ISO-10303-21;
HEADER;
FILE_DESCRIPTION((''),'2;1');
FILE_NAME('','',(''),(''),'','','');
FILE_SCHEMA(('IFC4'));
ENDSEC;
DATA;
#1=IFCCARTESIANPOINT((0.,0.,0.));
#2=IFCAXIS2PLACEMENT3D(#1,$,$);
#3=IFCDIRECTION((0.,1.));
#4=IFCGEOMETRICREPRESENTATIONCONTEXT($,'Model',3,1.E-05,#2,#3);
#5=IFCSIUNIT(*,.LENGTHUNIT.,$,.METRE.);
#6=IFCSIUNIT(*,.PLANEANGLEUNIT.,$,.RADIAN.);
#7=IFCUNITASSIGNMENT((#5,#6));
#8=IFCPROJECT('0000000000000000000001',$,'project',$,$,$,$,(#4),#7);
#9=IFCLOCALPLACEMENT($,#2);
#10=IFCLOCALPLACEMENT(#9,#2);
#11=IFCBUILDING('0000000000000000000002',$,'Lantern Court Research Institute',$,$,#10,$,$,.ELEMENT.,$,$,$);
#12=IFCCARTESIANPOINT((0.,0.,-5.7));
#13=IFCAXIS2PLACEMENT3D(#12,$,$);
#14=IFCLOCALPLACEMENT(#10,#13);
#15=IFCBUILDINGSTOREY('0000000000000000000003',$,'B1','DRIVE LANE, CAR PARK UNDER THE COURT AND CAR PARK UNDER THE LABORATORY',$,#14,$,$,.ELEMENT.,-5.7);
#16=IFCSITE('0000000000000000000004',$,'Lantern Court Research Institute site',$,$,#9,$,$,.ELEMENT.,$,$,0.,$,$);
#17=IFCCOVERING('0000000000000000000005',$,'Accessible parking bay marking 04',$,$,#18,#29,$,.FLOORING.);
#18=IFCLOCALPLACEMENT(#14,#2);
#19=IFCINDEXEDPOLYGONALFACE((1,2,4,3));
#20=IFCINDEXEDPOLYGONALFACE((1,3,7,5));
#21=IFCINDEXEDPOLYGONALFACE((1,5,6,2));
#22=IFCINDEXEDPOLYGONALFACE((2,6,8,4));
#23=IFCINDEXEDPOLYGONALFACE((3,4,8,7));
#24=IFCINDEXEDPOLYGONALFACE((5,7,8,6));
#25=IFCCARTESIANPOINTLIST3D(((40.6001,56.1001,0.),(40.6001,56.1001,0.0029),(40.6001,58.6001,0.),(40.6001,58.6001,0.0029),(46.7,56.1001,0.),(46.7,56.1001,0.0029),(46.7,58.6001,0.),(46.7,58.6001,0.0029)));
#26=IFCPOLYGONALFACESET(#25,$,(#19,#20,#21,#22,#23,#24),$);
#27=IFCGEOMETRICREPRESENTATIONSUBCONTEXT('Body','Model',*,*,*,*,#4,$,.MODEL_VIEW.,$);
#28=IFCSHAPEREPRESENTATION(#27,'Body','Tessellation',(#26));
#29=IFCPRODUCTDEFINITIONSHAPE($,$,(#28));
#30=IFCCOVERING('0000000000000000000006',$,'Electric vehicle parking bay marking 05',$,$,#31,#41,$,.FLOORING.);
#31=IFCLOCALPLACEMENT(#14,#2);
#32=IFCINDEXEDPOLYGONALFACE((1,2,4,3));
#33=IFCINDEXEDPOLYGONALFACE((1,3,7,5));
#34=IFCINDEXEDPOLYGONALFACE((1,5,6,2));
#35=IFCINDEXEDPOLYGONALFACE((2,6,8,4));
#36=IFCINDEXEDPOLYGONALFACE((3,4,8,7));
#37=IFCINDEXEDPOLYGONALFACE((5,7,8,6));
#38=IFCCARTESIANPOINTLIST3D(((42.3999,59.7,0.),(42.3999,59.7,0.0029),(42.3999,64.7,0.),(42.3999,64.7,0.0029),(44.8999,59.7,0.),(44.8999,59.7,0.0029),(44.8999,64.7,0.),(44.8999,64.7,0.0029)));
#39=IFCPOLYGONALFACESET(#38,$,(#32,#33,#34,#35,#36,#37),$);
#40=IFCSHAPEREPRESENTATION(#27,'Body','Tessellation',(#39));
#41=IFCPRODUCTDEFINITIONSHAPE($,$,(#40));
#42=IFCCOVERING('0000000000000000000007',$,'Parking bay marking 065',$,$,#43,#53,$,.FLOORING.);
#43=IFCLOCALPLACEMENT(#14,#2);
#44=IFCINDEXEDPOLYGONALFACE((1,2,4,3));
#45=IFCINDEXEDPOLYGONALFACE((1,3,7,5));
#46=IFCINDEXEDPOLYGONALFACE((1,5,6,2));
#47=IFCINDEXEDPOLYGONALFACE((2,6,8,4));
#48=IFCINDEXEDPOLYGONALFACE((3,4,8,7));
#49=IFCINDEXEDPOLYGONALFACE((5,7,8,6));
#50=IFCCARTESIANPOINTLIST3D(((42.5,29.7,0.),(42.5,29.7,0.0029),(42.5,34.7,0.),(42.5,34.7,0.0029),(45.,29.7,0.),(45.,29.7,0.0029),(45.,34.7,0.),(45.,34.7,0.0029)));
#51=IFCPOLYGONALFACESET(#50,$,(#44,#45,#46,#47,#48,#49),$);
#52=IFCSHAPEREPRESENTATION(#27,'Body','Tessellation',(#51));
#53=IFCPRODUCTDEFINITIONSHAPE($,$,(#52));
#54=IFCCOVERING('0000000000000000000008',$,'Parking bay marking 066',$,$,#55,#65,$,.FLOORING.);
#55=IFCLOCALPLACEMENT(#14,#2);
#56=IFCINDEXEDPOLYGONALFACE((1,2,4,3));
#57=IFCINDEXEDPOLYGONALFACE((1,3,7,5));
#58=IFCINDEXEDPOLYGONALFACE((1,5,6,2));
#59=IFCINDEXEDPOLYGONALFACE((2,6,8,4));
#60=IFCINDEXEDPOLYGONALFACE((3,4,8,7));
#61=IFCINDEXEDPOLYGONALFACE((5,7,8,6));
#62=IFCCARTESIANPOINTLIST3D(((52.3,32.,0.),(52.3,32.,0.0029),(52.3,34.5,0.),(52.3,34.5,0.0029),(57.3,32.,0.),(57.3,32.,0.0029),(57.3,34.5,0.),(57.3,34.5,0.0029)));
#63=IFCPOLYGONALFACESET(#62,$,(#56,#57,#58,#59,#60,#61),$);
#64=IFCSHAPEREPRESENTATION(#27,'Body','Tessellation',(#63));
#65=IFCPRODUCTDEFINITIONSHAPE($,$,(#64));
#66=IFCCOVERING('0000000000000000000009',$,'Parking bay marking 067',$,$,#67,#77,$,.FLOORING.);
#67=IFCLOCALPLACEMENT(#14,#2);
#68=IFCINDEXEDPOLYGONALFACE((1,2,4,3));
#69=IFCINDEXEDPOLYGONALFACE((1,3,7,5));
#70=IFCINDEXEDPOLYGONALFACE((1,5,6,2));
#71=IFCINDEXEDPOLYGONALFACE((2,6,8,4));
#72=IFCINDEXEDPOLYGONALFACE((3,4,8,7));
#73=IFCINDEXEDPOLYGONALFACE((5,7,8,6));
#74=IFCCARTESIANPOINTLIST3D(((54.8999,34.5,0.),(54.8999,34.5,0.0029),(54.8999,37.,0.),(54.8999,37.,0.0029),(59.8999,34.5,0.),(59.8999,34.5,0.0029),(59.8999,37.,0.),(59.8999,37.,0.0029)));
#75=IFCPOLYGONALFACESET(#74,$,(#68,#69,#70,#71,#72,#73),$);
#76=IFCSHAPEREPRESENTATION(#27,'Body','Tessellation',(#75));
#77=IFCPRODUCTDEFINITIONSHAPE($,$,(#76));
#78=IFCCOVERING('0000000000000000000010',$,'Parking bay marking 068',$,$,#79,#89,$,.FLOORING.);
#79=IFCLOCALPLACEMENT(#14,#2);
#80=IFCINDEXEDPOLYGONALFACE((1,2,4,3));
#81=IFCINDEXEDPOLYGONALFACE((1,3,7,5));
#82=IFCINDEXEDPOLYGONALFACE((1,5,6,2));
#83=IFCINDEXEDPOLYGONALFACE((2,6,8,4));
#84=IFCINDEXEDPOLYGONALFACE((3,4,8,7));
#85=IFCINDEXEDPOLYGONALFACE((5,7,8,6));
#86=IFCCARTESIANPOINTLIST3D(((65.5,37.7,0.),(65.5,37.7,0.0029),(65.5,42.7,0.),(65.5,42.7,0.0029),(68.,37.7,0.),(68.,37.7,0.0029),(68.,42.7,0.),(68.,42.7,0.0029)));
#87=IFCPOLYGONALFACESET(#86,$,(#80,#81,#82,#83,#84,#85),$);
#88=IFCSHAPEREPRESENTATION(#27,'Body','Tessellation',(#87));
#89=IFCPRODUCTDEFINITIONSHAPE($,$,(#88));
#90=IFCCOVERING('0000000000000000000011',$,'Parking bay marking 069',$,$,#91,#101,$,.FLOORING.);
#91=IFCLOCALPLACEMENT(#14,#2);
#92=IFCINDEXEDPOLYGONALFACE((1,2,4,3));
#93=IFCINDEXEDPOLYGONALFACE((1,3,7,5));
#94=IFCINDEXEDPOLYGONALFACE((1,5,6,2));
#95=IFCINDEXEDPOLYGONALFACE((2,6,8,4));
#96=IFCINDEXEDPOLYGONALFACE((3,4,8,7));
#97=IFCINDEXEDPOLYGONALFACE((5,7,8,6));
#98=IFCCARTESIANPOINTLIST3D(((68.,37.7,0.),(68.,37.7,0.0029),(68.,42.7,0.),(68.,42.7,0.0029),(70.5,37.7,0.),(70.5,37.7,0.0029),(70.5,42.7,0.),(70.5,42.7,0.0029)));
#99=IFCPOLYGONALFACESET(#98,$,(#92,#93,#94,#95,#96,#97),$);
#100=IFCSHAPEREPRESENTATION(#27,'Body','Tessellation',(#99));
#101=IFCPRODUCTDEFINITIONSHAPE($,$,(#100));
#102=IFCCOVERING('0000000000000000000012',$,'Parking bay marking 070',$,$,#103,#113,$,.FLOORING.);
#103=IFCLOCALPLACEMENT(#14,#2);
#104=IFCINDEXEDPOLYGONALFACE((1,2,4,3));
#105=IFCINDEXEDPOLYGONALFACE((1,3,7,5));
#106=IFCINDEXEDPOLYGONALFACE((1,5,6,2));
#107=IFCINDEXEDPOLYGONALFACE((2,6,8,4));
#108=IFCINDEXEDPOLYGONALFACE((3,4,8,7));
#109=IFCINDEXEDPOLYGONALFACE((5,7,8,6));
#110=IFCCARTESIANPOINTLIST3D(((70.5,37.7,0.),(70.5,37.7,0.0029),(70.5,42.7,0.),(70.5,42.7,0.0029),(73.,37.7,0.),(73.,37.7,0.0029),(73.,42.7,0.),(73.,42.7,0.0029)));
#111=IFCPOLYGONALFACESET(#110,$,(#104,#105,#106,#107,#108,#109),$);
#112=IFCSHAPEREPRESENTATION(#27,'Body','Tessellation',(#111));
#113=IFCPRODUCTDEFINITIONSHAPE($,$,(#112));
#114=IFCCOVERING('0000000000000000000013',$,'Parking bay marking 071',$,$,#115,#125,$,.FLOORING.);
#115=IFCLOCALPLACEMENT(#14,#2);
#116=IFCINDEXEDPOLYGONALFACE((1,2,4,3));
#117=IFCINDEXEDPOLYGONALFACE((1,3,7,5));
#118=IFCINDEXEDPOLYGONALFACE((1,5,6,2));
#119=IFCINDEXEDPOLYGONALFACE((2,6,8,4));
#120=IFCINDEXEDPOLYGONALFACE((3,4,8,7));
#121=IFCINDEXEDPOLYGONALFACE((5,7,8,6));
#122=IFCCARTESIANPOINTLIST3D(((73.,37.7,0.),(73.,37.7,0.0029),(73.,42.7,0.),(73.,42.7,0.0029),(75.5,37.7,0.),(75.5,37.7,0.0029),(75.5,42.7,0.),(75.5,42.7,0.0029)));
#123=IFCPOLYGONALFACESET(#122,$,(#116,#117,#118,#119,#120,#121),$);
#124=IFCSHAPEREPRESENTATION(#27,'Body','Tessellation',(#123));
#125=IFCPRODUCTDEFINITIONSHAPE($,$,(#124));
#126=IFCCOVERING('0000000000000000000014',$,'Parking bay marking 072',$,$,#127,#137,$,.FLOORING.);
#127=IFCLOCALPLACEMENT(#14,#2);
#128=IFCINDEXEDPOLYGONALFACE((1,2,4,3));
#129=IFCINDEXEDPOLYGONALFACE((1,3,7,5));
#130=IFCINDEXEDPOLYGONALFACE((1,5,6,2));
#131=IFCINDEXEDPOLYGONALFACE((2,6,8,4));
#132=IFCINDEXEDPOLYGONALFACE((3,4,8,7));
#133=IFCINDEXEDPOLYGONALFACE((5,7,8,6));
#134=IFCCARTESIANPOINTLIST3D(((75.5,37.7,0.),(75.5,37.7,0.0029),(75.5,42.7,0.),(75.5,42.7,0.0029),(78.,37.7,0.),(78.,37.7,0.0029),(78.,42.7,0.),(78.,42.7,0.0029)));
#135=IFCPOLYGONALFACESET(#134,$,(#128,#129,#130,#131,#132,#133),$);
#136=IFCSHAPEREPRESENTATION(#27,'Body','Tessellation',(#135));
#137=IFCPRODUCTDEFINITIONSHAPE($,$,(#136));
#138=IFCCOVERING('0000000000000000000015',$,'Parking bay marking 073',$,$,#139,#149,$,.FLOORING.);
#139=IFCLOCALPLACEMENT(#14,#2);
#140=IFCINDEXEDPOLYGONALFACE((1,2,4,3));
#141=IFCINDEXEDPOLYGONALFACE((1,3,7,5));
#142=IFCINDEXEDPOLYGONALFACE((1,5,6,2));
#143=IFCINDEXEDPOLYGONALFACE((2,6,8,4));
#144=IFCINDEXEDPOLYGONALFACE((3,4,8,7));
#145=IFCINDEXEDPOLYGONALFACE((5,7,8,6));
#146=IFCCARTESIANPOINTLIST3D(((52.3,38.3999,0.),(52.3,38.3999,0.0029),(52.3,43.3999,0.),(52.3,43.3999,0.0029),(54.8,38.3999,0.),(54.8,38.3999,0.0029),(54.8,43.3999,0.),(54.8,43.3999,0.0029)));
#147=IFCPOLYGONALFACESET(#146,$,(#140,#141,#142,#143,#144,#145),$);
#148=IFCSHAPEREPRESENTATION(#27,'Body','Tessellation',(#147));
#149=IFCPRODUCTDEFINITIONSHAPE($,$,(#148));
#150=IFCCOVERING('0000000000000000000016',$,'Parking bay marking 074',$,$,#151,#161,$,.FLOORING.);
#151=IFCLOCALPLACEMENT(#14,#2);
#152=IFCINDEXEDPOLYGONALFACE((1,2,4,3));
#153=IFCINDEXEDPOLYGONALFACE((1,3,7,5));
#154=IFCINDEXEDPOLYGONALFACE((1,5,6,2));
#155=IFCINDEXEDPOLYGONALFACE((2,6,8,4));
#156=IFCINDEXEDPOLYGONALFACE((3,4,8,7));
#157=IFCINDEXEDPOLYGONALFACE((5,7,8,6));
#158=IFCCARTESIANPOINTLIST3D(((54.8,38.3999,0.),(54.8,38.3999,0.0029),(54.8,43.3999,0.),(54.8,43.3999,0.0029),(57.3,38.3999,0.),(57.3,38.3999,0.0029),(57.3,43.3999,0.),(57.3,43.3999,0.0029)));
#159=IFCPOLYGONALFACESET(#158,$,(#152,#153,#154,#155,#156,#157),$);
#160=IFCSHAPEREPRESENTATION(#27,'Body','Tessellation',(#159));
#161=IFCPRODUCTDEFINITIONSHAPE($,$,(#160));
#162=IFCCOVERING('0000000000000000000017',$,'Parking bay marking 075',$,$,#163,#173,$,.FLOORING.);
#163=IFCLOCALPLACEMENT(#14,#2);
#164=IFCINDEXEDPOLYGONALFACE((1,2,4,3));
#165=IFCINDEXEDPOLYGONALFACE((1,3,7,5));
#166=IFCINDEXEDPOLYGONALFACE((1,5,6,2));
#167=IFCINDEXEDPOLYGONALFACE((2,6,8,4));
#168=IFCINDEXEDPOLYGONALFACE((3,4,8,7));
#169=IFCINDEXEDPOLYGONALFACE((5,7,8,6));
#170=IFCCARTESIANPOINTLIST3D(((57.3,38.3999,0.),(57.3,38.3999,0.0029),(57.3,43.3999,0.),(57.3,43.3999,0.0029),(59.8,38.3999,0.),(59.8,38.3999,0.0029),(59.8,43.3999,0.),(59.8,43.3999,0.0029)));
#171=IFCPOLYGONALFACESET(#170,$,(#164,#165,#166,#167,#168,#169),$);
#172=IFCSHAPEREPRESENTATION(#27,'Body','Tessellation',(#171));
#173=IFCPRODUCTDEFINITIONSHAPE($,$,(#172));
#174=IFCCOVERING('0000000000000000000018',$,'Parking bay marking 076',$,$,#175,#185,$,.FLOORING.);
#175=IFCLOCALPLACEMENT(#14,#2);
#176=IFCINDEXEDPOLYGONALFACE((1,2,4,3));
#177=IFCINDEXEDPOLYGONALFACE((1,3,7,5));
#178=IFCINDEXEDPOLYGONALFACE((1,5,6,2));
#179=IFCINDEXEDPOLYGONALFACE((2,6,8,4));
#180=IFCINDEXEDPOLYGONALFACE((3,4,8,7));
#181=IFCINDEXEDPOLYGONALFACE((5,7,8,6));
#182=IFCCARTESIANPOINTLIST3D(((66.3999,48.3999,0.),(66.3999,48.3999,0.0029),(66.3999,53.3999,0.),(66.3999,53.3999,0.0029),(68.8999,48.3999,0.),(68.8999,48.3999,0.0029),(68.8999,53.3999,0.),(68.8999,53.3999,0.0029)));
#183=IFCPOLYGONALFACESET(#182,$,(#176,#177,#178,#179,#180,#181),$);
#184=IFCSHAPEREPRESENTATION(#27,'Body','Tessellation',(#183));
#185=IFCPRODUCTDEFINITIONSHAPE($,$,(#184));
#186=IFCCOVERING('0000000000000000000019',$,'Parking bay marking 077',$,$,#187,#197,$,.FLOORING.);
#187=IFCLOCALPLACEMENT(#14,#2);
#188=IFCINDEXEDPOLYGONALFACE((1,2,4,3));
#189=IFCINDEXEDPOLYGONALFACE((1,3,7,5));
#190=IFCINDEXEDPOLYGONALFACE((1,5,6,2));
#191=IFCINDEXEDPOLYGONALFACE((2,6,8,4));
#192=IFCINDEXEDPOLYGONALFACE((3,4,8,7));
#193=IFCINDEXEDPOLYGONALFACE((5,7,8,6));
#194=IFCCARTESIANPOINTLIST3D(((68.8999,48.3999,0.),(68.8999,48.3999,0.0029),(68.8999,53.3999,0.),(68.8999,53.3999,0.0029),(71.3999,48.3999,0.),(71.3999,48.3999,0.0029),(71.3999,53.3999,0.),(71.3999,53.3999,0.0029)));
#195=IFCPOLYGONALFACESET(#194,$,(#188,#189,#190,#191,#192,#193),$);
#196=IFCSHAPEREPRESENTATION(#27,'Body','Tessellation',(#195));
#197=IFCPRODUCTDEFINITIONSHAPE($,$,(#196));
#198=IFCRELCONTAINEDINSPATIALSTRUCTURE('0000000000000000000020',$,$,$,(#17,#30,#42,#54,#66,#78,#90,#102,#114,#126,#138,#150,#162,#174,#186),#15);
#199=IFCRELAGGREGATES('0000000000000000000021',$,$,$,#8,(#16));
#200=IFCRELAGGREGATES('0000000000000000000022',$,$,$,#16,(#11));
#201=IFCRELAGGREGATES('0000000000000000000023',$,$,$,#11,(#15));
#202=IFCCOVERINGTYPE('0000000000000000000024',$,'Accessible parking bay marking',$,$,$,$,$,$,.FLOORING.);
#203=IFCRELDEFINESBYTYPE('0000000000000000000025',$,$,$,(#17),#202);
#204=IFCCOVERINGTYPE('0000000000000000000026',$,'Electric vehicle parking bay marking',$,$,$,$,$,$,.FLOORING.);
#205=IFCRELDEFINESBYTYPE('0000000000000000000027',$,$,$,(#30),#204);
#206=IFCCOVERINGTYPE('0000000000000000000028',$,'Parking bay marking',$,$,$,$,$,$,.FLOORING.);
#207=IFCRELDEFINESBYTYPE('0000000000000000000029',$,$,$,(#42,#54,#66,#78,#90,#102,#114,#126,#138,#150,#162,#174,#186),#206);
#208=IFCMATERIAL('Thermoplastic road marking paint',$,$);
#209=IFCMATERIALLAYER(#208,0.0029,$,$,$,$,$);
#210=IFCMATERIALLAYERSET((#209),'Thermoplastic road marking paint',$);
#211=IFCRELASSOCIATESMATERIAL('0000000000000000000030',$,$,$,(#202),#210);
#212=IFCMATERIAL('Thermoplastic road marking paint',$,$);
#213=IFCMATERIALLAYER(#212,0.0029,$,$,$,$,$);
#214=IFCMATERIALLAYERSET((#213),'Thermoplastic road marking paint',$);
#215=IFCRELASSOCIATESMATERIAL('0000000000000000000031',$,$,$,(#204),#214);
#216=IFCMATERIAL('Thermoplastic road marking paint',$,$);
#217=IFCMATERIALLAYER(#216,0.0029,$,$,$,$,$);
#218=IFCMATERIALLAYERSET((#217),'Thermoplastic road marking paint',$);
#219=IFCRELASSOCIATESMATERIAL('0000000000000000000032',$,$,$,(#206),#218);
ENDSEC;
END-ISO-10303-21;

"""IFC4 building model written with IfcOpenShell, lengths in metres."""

from ifc_helpers import new_model, si_unit, direction, frame, origin, place, context, subcontext, project, spatial, polyline, outline, extrude, material, layer, layer_set, type_object, element, save


model = new_model("IFC4")

# Units and contexts
model_context = context("Model", 3, precision=1e-05, world=origin(), true_north=direction((0.0, 1.0)))
body_context = subcontext(model_context, "Body", "Model", "MODEL_VIEW")
ifc_project = project(units=[si_unit("LENGTHUNIT", "METRE"), si_unit("PLANEANGLEUNIT", "RADIAN")], contexts=[model_context])

# Site, building, storey
site_placement = place(None, origin())
site = spatial("IfcSite", under=ifc_project, at=site_placement, Name="Lantern Court Research Institute site", CompositionType="ELEMENT", RefElevation=0.0)
building_placement = place(site_placement, origin())
building = spatial("IfcBuilding", under=site, at=building_placement, Name="Lantern Court Research Institute", CompositionType="ELEMENT")
storey_placement = place(building_placement, frame((0.0, 0.0, -5.7)))
storey = spatial("IfcBuildingStorey", under=building, at=storey_placement, Name="B1", Description="DRIVE LANE, CAR PARK UNDER THE COURT AND CAR PARK UNDER THE LABORATORY", CompositionType="ELEMENT", Elevation=-5.7)

# Coverings
ifc_material_1 = material(Name="Thermoplastic road marking paint")
ifc_layer_1 = layer(ifc_material_1, 0.0029)
ifc_layer_set_1 = layer_set([ifc_layer_1], Name="Thermoplastic road marking paint")
covering_type_1 = type_object("IfcCoveringType", Name="Accessible parking bay marking", PredefinedType="FLOORING", material=ifc_layer_set_1)
covering_1_placement = place(storey_placement, origin())
element("IfcCovering", 1, at=covering_1_placement, inside=storey, type_object=covering_type_1, Name="Accessible parking bay marking 04", PredefinedType="FLOORING", context=body_context, shape_type="SweptSolid", body=[
    extrude(outline(polyline([(40.6001, 56.1001), (46.7, 56.1001), (46.7, 58.6001), (40.6001, 58.6001), (40.6001, 56.1001)])), origin(), (0.0, 0.0, 1.0), 0.0029),
])
ifc_material_2 = material(Name="Thermoplastic road marking paint")
ifc_layer_2 = layer(ifc_material_2, 0.0029)
ifc_layer_set_2 = layer_set([ifc_layer_2], Name="Thermoplastic road marking paint")
covering_type_2 = type_object("IfcCoveringType", Name="Electric vehicle parking bay marking", PredefinedType="FLOORING", material=ifc_layer_set_2)
covering_2_placement = place(storey_placement, origin())
element("IfcCovering", 2, at=covering_2_placement, inside=storey, type_object=covering_type_2, Name="Electric vehicle parking bay marking 05", PredefinedType="FLOORING", context=body_context, shape_type="SweptSolid", body=[
    extrude(outline(polyline([(42.3999, 59.7), (44.8999, 59.7), (44.8999, 64.7), (42.3999, 64.7), (42.3999, 59.7)])), origin(), (0.0, 0.0, 1.0), 0.0029),
])
ifc_material_3 = material(Name="Thermoplastic road marking paint")
ifc_layer_3 = layer(ifc_material_3, 0.0029)
ifc_layer_set_3 = layer_set([ifc_layer_3], Name="Thermoplastic road marking paint")
covering_type_3 = type_object("IfcCoveringType", Name="Parking bay marking", PredefinedType="FLOORING", material=ifc_layer_set_3)
covering_3_placement = place(storey_placement, origin())
element("IfcCovering", 3, at=covering_3_placement, inside=storey, type_object=covering_type_3, Name="Parking bay marking 065", PredefinedType="FLOORING", context=body_context, shape_type="SweptSolid", body=[
    extrude(outline(polyline([(42.5, 29.7), (45.0, 29.7), (45.0, 34.7), (42.5, 34.7), (42.5, 29.7)])), origin(), (0.0, 0.0, 1.0), 0.0029),
])
covering_4_placement = place(storey_placement, origin())
element("IfcCovering", 4, at=covering_4_placement, inside=storey, type_object=covering_type_3, Name="Parking bay marking 066", PredefinedType="FLOORING", context=body_context, shape_type="SweptSolid", body=[
    extrude(outline(polyline([(52.3, 32.0), (57.3, 32.0), (57.3, 34.5), (52.3, 34.5), (52.3, 32.0)])), origin(), (0.0, 0.0, 1.0), 0.0029),
])
covering_5_placement = place(storey_placement, origin())
element("IfcCovering", 5, at=covering_5_placement, inside=storey, type_object=covering_type_3, Name="Parking bay marking 067", PredefinedType="FLOORING", context=body_context, shape_type="SweptSolid", body=[
    extrude(outline(polyline([(54.8999, 34.5), (59.8999, 34.5), (59.8999, 37.0), (54.8999, 37.0), (54.8999, 34.5)])), origin(), (0.0, 0.0, 1.0), 0.0029),
])
covering_6_placement = place(storey_placement, origin())
element("IfcCovering", 6, at=covering_6_placement, inside=storey, type_object=covering_type_3, Name="Parking bay marking 068", PredefinedType="FLOORING", context=body_context, shape_type="SweptSolid", body=[
    extrude(outline(polyline([(65.5, 37.7), (68.0, 37.7), (68.0, 42.7), (65.5, 42.7), (65.5, 37.7)])), origin(), (0.0, 0.0, 1.0), 0.0029),
])
covering_7_placement = place(storey_placement, origin())
element("IfcCovering", 7, at=covering_7_placement, inside=storey, type_object=covering_type_3, Name="Parking bay marking 069", PredefinedType="FLOORING", context=body_context, shape_type="SweptSolid", body=[
    extrude(outline(polyline([(68.0, 37.7), (70.5, 37.7), (70.5, 42.7), (68.0, 42.7), (68.0, 37.7)])), origin(), (0.0, 0.0, 1.0), 0.0029),
])
covering_8_placement = place(storey_placement, origin())
element("IfcCovering", 8, at=covering_8_placement, inside=storey, type_object=covering_type_3, Name="Parking bay marking 070", PredefinedType="FLOORING", context=body_context, shape_type="SweptSolid", body=[
    extrude(outline(polyline([(70.5, 37.7), (73.0, 37.7), (73.0, 42.7), (70.5, 42.7), (70.5, 37.7)])), origin(), (0.0, 0.0, 1.0), 0.0029),
])
covering_9_placement = place(storey_placement, origin())
element("IfcCovering", 9, at=covering_9_placement, inside=storey, type_object=covering_type_3, Name="Parking bay marking 071", PredefinedType="FLOORING", context=body_context, shape_type="SweptSolid", body=[
    extrude(outline(polyline([(73.0, 37.7), (75.5, 37.7), (75.5, 42.7), (73.0, 42.7), (73.0, 37.7)])), origin(), (0.0, 0.0, 1.0), 0.0029),
])
covering_10_placement = place(storey_placement, origin())
element("IfcCovering", 10, at=covering_10_placement, inside=storey, type_object=covering_type_3, Name="Parking bay marking 072", PredefinedType="FLOORING", context=body_context, shape_type="SweptSolid", body=[
    extrude(outline(polyline([(75.5, 37.7), (78.0, 37.7), (78.0, 42.7), (75.5, 42.7), (75.5, 37.7)])), origin(), (0.0, 0.0, 1.0), 0.0029),
])
covering_11_placement = place(storey_placement, origin())
element("IfcCovering", 11, at=covering_11_placement, inside=storey, type_object=covering_type_3, Name="Parking bay marking 073", PredefinedType="FLOORING", context=body_context, shape_type="SweptSolid", body=[
    extrude(outline(polyline([(52.3, 38.3999), (54.8, 38.3999), (54.8, 43.3999), (52.3, 43.3999), (52.3, 38.3999)])), origin(), (0.0, 0.0, 1.0), 0.0029),
])
covering_12_placement = place(storey_placement, origin())
element("IfcCovering", 12, at=covering_12_placement, inside=storey, type_object=covering_type_3, Name="Parking bay marking 074", PredefinedType="FLOORING", context=body_context, shape_type="SweptSolid", body=[
    extrude(outline(polyline([(54.8, 38.3999), (57.3, 38.3999), (57.3, 43.3999), (54.8, 43.3999), (54.8, 38.3999)])), origin(), (0.0, 0.0, 1.0), 0.0029),
])
covering_13_placement = place(storey_placement, origin())
element("IfcCovering", 13, at=covering_13_placement, inside=storey, type_object=covering_type_3, Name="Parking bay marking 075", PredefinedType="FLOORING", context=body_context, shape_type="SweptSolid", body=[
    extrude(outline(polyline([(57.3, 38.3999), (59.8, 38.3999), (59.8, 43.3999), (57.3, 43.3999), (57.3, 38.3999)])), origin(), (0.0, 0.0, 1.0), 0.0029),
])
covering_14_placement = place(storey_placement, origin())
element("IfcCovering", 14, at=covering_14_placement, inside=storey, type_object=covering_type_3, Name="Parking bay marking 076", PredefinedType="FLOORING", context=body_context, shape_type="SweptSolid", body=[
    extrude(outline(polyline([(66.3999, 48.3999), (68.8999, 48.3999), (68.8999, 53.3999), (66.3999, 53.3999), (66.3999, 48.3999)])), origin(), (0.0, 0.0, 1.0), 0.0029),
])
covering_15_placement = place(storey_placement, origin())
element("IfcCovering", 15, at=covering_15_placement, inside=storey, type_object=covering_type_3, Name="Parking bay marking 077", PredefinedType="FLOORING", context=body_context, shape_type="SweptSolid", body=[
    extrude(outline(polyline([(68.8999, 48.3999), (71.3999, 48.3999), (71.3999, 53.3999), (68.8999, 53.3999), (68.8999, 48.3999)])), origin(), (0.0, 0.0, 1.0), 0.0029),
])

save(model, "model.ifc")
